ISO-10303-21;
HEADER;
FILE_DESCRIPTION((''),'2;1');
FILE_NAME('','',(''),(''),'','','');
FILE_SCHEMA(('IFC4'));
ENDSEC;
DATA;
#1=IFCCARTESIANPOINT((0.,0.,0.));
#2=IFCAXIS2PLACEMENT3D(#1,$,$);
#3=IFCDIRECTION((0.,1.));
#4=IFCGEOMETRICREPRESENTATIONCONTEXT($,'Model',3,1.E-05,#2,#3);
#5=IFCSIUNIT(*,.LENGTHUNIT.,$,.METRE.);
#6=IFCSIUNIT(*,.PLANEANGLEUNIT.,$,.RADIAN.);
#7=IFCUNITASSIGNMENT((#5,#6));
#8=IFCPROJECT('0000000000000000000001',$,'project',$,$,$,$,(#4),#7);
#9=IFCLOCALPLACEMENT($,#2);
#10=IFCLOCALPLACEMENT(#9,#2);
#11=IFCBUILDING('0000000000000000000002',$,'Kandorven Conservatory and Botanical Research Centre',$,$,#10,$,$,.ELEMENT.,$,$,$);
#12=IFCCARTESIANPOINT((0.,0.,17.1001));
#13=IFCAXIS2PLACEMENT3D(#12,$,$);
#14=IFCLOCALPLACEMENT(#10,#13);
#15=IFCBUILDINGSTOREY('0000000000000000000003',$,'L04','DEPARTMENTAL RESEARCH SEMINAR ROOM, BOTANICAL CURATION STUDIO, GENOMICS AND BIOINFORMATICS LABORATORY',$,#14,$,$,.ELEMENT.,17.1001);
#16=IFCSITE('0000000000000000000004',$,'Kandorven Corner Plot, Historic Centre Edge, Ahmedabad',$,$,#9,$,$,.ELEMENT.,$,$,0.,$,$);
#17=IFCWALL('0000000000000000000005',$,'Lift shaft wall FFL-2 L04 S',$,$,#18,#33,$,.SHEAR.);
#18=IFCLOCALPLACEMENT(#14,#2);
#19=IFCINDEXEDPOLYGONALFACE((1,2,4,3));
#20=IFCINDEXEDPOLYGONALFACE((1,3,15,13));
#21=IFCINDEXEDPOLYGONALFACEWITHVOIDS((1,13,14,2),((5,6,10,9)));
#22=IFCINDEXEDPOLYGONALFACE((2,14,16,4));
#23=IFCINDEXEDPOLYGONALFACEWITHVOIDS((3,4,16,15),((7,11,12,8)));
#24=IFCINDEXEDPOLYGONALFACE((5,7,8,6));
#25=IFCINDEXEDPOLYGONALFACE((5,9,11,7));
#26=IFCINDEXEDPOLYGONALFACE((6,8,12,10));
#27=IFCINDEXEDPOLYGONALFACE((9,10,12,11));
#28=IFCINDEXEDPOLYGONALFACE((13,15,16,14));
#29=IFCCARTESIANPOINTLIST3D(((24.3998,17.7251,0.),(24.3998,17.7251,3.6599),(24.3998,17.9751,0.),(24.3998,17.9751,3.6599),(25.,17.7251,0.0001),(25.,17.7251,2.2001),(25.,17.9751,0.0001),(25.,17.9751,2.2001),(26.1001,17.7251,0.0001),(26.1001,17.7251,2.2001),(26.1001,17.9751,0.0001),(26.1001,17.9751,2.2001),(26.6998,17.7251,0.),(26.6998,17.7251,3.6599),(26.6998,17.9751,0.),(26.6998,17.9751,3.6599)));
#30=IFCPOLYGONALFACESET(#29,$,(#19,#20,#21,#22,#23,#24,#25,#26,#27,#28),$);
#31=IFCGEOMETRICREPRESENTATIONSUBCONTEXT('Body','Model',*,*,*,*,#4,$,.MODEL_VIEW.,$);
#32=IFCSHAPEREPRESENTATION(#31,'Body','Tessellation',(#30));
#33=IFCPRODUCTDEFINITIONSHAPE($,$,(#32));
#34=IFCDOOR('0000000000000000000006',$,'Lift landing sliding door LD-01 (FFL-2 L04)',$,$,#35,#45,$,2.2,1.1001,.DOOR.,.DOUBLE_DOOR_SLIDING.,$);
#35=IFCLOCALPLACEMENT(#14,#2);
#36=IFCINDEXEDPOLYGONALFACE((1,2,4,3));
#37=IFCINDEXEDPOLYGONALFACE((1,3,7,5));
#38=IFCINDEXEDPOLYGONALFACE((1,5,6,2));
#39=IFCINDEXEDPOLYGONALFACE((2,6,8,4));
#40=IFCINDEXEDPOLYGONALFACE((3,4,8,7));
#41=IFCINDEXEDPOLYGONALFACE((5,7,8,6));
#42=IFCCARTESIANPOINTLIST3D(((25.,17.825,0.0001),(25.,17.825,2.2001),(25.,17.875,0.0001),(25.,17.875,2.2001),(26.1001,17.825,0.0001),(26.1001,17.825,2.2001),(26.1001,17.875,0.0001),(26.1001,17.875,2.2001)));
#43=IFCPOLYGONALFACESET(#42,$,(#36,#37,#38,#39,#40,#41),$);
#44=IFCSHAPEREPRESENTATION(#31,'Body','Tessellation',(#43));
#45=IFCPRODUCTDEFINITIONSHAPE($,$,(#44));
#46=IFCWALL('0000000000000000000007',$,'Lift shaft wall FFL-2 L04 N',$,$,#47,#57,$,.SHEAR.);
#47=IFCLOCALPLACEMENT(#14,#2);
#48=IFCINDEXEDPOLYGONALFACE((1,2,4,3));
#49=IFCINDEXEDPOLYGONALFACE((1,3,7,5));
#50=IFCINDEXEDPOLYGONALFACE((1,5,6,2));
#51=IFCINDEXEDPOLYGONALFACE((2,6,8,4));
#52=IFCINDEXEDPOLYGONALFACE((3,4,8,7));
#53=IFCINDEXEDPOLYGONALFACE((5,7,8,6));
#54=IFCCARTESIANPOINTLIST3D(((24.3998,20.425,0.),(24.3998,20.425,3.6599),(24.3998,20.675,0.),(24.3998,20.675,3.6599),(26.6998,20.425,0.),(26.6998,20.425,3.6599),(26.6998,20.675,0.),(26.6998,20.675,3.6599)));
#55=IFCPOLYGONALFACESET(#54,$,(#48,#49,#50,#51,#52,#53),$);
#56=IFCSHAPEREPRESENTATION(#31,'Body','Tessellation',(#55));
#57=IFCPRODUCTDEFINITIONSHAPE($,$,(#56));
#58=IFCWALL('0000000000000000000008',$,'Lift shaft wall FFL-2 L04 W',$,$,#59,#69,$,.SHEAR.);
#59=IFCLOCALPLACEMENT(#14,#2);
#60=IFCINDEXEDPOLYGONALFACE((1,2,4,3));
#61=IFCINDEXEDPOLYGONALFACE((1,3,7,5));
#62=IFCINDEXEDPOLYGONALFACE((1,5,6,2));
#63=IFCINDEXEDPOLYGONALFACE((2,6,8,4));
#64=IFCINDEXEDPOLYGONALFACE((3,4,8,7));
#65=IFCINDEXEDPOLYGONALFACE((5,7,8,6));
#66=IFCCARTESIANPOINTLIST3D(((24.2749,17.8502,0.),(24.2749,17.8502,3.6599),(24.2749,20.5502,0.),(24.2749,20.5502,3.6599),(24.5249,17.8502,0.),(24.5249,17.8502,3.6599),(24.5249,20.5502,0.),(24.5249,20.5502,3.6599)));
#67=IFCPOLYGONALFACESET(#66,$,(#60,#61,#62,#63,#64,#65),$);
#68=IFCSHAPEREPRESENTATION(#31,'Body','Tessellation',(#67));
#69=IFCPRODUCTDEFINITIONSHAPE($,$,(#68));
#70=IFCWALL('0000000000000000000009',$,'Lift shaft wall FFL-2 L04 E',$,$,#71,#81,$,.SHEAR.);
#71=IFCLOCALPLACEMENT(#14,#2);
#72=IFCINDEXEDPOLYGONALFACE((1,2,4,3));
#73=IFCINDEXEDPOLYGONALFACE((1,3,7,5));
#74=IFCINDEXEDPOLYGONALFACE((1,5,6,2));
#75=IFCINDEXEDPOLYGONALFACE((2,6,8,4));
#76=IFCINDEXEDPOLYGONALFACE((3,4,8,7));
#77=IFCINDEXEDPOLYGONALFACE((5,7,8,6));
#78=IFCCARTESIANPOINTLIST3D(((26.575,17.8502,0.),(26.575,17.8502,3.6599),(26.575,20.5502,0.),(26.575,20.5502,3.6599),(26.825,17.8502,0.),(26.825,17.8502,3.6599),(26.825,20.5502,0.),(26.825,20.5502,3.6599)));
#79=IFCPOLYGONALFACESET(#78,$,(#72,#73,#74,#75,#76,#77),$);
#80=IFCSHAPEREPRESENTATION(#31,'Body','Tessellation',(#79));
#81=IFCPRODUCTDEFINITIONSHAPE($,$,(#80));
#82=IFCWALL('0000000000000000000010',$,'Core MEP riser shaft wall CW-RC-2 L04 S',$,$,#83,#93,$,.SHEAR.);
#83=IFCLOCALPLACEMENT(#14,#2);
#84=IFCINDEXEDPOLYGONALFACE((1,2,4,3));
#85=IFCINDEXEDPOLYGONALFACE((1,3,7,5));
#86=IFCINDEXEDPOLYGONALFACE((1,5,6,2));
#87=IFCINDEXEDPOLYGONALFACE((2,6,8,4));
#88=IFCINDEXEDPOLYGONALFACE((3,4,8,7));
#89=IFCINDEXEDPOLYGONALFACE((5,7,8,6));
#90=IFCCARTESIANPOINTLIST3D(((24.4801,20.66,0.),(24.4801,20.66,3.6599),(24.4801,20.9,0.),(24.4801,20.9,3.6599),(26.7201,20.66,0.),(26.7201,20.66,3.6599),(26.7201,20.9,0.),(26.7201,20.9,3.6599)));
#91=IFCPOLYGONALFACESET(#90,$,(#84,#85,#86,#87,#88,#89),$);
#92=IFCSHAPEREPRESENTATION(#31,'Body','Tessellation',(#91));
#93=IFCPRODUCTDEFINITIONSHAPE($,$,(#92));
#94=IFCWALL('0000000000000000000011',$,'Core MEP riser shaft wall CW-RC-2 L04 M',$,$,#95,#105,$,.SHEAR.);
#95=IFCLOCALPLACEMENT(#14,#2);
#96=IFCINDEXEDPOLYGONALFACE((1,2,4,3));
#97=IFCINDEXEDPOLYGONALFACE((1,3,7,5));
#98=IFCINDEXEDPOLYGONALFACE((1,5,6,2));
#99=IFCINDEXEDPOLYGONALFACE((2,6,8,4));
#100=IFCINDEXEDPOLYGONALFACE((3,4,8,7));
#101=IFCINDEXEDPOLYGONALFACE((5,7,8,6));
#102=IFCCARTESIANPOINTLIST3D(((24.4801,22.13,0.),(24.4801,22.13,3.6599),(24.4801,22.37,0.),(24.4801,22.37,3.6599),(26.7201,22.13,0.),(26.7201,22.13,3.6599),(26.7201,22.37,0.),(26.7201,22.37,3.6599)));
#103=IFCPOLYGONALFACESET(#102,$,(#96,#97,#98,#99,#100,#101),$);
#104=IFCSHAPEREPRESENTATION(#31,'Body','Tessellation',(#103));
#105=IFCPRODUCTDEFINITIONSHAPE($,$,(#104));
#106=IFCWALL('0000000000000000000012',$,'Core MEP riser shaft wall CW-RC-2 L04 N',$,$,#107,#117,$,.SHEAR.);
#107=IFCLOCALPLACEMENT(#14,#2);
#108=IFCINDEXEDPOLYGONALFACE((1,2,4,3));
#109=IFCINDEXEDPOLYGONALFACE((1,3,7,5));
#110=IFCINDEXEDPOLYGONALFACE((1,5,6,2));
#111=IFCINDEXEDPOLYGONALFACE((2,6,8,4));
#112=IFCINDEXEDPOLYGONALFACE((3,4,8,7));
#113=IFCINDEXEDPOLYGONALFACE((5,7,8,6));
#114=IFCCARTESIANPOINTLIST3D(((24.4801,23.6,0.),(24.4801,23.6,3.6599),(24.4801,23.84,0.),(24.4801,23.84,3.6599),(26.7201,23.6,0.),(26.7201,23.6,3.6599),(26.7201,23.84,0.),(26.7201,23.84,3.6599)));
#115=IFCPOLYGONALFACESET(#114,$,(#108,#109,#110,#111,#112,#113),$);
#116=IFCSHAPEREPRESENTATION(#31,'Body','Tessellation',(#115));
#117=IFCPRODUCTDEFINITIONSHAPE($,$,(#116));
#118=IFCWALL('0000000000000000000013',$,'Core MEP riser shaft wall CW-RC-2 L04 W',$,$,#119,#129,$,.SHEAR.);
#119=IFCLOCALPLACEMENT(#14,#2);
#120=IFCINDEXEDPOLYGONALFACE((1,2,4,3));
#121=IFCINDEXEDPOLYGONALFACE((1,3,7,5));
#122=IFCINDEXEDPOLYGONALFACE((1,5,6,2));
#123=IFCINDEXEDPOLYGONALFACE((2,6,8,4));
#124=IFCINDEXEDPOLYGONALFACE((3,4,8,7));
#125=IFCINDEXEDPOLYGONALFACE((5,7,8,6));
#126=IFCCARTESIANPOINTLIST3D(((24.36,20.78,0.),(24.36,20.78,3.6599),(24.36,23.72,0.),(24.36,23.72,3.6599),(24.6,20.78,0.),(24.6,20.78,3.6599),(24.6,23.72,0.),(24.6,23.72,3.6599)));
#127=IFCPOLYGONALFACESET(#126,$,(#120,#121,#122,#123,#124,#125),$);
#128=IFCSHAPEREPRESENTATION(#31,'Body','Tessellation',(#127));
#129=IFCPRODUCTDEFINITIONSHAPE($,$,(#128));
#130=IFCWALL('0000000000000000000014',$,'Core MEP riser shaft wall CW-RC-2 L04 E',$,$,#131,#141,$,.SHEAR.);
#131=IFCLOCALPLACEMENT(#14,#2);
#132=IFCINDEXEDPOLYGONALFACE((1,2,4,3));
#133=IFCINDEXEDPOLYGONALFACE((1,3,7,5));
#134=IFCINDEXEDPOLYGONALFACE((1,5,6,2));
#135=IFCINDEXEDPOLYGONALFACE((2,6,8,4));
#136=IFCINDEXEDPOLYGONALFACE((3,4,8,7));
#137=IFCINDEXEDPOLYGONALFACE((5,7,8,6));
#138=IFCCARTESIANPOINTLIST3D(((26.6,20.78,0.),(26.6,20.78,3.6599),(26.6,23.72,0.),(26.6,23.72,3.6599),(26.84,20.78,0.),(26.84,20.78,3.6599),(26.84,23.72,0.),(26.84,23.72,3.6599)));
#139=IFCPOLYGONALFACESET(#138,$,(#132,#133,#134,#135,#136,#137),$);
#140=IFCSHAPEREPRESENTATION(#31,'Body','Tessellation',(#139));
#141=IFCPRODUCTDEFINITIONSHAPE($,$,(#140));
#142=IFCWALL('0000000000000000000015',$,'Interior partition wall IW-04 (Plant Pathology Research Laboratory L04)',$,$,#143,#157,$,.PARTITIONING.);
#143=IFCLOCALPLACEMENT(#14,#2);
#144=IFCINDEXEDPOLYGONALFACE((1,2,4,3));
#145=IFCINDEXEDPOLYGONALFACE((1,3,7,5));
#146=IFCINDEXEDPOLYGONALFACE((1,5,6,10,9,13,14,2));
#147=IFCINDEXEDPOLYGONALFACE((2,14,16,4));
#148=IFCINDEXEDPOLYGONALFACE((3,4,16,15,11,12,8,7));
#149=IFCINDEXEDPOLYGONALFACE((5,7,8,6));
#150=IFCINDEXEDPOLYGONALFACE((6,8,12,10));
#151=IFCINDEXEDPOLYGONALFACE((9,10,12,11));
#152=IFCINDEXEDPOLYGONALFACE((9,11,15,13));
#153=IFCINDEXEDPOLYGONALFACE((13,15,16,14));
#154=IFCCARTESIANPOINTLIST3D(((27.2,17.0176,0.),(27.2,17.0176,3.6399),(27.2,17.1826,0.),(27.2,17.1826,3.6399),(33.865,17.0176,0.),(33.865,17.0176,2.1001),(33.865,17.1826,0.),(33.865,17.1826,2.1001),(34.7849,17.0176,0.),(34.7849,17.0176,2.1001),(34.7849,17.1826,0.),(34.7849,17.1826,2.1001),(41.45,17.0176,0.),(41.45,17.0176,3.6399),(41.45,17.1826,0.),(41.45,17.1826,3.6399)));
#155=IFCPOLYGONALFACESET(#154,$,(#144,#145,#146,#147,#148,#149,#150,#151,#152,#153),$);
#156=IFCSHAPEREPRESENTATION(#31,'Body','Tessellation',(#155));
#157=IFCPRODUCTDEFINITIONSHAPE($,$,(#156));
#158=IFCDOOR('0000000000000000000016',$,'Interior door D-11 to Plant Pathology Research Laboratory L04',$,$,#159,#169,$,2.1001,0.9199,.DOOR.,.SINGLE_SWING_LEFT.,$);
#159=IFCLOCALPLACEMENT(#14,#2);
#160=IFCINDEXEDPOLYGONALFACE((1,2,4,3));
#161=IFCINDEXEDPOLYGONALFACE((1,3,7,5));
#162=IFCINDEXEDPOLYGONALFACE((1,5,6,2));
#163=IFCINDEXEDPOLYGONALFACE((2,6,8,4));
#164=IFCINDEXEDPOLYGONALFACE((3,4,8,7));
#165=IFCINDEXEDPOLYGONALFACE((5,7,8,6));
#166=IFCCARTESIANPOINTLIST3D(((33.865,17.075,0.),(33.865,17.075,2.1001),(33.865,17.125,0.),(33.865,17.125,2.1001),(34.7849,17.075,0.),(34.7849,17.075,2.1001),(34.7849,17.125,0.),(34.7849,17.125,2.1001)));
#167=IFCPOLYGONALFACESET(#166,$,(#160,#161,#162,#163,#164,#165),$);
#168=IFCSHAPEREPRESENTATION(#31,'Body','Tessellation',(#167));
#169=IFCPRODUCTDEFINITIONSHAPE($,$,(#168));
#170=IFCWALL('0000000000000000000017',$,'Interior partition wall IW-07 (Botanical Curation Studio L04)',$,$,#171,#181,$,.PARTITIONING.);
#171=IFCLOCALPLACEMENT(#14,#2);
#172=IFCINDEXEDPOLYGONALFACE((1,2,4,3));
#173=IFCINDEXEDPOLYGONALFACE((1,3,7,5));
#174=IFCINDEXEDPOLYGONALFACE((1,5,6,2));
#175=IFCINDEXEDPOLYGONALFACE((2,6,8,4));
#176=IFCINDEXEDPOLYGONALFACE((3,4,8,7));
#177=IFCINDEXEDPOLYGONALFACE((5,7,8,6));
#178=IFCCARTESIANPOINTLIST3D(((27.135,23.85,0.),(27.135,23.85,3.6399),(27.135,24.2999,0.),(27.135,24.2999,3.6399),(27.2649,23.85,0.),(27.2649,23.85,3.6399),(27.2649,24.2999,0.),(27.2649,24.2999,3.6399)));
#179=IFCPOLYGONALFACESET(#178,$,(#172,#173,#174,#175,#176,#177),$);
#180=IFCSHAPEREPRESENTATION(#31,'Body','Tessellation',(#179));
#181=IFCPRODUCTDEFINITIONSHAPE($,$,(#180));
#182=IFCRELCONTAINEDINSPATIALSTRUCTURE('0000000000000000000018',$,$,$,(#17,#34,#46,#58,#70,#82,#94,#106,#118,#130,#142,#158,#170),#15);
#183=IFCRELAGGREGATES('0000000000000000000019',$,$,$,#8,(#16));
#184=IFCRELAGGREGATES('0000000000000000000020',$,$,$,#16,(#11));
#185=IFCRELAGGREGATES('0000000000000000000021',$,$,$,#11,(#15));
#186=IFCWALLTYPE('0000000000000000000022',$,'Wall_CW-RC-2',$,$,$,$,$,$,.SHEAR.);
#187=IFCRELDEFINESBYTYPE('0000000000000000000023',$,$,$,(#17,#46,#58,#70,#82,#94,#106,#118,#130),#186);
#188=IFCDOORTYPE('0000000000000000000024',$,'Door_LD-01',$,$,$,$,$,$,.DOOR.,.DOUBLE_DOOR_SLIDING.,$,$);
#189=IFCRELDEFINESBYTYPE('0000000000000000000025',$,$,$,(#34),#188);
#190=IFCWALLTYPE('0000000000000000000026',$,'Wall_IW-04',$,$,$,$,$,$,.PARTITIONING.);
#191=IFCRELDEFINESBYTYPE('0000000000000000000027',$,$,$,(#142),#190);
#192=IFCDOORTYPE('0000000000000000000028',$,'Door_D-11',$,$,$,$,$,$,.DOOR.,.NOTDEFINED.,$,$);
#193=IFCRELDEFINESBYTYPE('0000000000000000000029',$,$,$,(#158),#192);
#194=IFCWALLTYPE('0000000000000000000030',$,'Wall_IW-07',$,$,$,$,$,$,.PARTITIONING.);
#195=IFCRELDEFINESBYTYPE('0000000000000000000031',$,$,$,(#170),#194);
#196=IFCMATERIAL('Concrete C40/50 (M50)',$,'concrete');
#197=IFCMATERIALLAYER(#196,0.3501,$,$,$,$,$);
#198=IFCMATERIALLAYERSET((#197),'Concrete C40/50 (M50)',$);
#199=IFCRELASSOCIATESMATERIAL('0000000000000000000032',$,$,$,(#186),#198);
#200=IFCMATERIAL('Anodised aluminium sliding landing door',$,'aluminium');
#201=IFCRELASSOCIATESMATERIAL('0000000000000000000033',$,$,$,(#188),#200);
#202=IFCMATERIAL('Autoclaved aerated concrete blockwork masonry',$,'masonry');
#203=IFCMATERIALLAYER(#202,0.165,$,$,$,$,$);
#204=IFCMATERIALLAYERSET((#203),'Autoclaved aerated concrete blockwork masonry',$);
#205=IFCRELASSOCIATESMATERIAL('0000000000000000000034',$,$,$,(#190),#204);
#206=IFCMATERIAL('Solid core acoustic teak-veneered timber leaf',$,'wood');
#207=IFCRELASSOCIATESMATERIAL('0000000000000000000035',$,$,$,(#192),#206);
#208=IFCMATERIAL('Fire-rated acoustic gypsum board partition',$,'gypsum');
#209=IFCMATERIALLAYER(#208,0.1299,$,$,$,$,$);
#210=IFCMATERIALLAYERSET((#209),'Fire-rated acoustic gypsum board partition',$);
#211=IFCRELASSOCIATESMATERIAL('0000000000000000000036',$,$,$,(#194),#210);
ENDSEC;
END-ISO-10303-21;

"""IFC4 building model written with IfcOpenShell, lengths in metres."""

from ifc_helpers import new_model, si_unit, direction, frame, frame_2d, origin, place, context, subcontext, project, spatial, rectangle, extrude, material, layer, layer_set, type_object, element, fill, save


model = new_model("IFC4")

# Units and contexts
model_context = context("Model", 3, precision=1e-05, world=origin(), true_north=direction((0.0, 1.0)))
body_context = subcontext(model_context, "Body", "Model", "MODEL_VIEW")
ifc_project = project(units=[si_unit("LENGTHUNIT", "METRE"), si_unit("PLANEANGLEUNIT", "RADIAN")], contexts=[model_context])

# Site, building, storey
site_placement = place(None, origin())
site = spatial("IfcSite", under=ifc_project, at=site_placement, Name="Kandorven Corner Plot, Historic Centre Edge, Ahmedabad", CompositionType="ELEMENT", RefElevation=0.0)
building_placement = place(site_placement, origin())
building = spatial("IfcBuilding", under=site, at=building_placement, Name="Kandorven Conservatory and Botanical Research Centre", CompositionType="ELEMENT")
storey_placement = place(building_placement, frame((0.0, 0.0, 17.1001)))
storey = spatial("IfcBuildingStorey", under=building, at=storey_placement, Name="L04", Description="DEPARTMENTAL RESEARCH SEMINAR ROOM, BOTANICAL CURATION STUDIO, GENOMICS AND BIOINFORMATICS LABORATORY", CompositionType="ELEMENT", Elevation=17.1001)

# Shared definitions
ifc_material_1 = material(Name="Concrete C40/50 (M50)", Category="concrete")
ifc_layer_1 = layer(ifc_material_1, 0.3501)
ifc_layer_set_1 = layer_set([ifc_layer_1], Name="Concrete C40/50 (M50)")
wall_type_1 = type_object("IfcWallType", Name="Wall_CW-RC-2", PredefinedType="SHEAR", material=ifc_layer_set_1)
ifc_material_2 = material(Name="Anodised aluminium sliding landing door", Category="aluminium")
door_type_1 = type_object("IfcDoorType", Name="Door_LD-01", OperationType="DOUBLE_DOOR_SLIDING", PredefinedType="DOOR", material=ifc_material_2)

# Wall, opening, door
wall_1_placement = place(storey_placement, frame((24.3999, 17.8501, 0.0), z_axis=(0.0, 0.0, 1.0), x_axis=(1.0, 0.0, 0.0)))
wall_1 = element("IfcWall", 1, at=wall_1_placement, inside=storey, type_object=wall_type_1, Name="Lift shaft wall FFL-2 L04 S", PredefinedType="SHEAR", context=body_context, shape_type="SweptSolid", body=[
    extrude(rectangle(XDim=2.3, YDim=0.25, at=frame_2d((1.1499, 0.0))), origin(), (0.0, 0.0, 1.0), 3.6599),
])
opening_1_placement = place(wall_1_placement, frame((0.6001, 0.0, 0.0)))
opening_1 = element("IfcOpeningElement", 2, at=opening_1_placement, cuts=wall_1, PredefinedType="OPENING", context=body_context, shape_type="SweptSolid", body=[
    extrude(rectangle(XDim=1.1001, YDim=2.2, at=frame_2d((0.55, 1.1001))), frame((0.0, 0.135, 0.0), z_axis=(0.0, -1.0, 0.0), x_axis=(1.0, 0.0, 0.0)), (0.0, 0.0, 1.0), 0.27),
])
door_1_placement = place(opening_1_placement, origin())
door_1 = element("IfcDoor", 3, at=door_1_placement, inside=storey, type_object=door_type_1, Name="Lift landing sliding door LD-01 (FFL-2 L04)", OperationType="DOUBLE_DOOR_SLIDING", OverallHeight=2.2, OverallWidth=1.1001, PredefinedType="DOOR", context=body_context, shape_type="SweptSolid", body=[
    extrude(rectangle(XDim=1.1001, YDim=2.2, at=frame_2d((0.55, 1.1001))), frame((0.0, 0.0249, 0.0), z_axis=(0.0, -1.0, 0.0), x_axis=(1.0, 0.0, 0.0)), (0.0, 0.0, 1.0), 0.05),
])
fill(opening_1, door_1)

# Walls
wall_2_placement = place(storey_placement, frame((24.3999, 20.55, 0.0), z_axis=(0.0, 0.0, 1.0), x_axis=(1.0, 0.0, 0.0)))
element("IfcWall", 4, at=wall_2_placement, inside=storey, type_object=wall_type_1, Name="Lift shaft wall FFL-2 L04 N", PredefinedType="SHEAR", context=body_context, shape_type="SweptSolid", body=[
    extrude(rectangle(XDim=2.3, YDim=0.25, at=frame_2d((1.1499, 0.0))), origin(), (0.0, 0.0, 1.0), 3.6599),
])
for number, where, z_axis, x_axis, name in (
    (5, (24.3999, 17.8501, 0.0), (0.0, 0.0, 1.0), (0.0, 1.0, 0.0), "Lift shaft wall FFL-2 L04 W"),
    (6, (26.7, 17.8501, 0.0), (0.0, 0.0, 1.0), (0.0, 1.0, 0.0), "Lift shaft wall FFL-2 L04 E"),
):
    element("IfcWall", number, at=place(storey_placement, frame(where, z_axis=z_axis, x_axis=x_axis)), inside=storey, type_object=wall_type_1, Name=name, PredefinedType="SHEAR", context=body_context, shape_type="SweptSolid", body=[
        extrude(rectangle(XDim=2.7, YDim=0.25, at=frame_2d((1.3501, 0.0))), origin(), (0.0, 0.0, 1.0), 3.6599),
    ])
for number, where, z_axis, x_axis, name in (
    (7, (24.48, 20.78, 0.0), (0.0, 0.0, 1.0), (1.0, 0.0, 0.0), "Core MEP riser shaft wall CW-RC-2 L04 S"),
    (8, (24.48, 22.25, 0.0), (0.0, 0.0, 1.0), (1.0, 0.0, 0.0), "Core MEP riser shaft wall CW-RC-2 L04 M"),
    (9, (24.48, 23.72, 0.0), (0.0, 0.0, 1.0), (1.0, 0.0, 0.0), "Core MEP riser shaft wall CW-RC-2 L04 N"),
):
    element("IfcWall", number, at=place(storey_placement, frame(where, z_axis=z_axis, x_axis=x_axis)), inside=storey, type_object=wall_type_1, Name=name, PredefinedType="SHEAR", context=body_context, shape_type="SweptSolid", body=[
        extrude(rectangle(XDim=2.24, YDim=0.24, at=frame_2d((1.1201, 0.0))), origin(), (0.0, 0.0, 1.0), 3.6599),
    ])
for number, where, z_axis, x_axis, name in (
    (10, (24.48, 20.78, 0.0), (0.0, 0.0, 1.0), (0.0, 1.0, 0.0), "Core MEP riser shaft wall CW-RC-2 L04 W"),
    (11, (26.72, 20.78, 0.0), (0.0, 0.0, 1.0), (0.0, 1.0, 0.0), "Core MEP riser shaft wall CW-RC-2 L04 E"),
):
    element("IfcWall", number, at=place(storey_placement, frame(where, z_axis=z_axis, x_axis=x_axis)), inside=storey, type_object=wall_type_1, Name=name, PredefinedType="SHEAR", context=body_context, shape_type="SweptSolid", body=[
        extrude(rectangle(XDim=2.9399, YDim=0.24, at=frame_2d((1.47, 0.0))), origin(), (0.0, 0.0, 1.0), 3.6599),
    ])

# Wall, opening, door
ifc_material_3 = material(Name="Autoclaved aerated concrete blockwork masonry", Category="masonry")
ifc_layer_2 = layer(ifc_material_3, 0.165)
ifc_layer_set_2 = layer_set([ifc_layer_2], Name="Autoclaved aerated concrete blockwork masonry")
wall_type_2 = type_object("IfcWallType", Name="Wall_IW-04", PredefinedType="PARTITIONING", material=ifc_layer_set_2)
wall_3_placement = place(storey_placement, frame((27.2, 17.1001, 0.0), z_axis=(0.0, 0.0, 1.0), x_axis=(1.0, 0.0, 0.0)))
wall_3 = element("IfcWall", 12, at=wall_3_placement, inside=storey, type_object=wall_type_2, Name="Interior partition wall IW-04 (Plant Pathology Research Laboratory L04)", PredefinedType="PARTITIONING", context=body_context, shape_type="SweptSolid", body=[
    extrude(rectangle(XDim=14.25, YDim=0.165, at=frame_2d((7.125, 0.0))), origin(), (0.0, 0.0, 1.0), 3.6399),
])
opening_2_placement = place(wall_3_placement, frame((6.665, 0.0, 0.0)))
opening_2 = element("IfcOpeningElement", 13, at=opening_2_placement, cuts=wall_3, PredefinedType="OPENING", context=body_context, shape_type="SweptSolid", body=[
    extrude(rectangle(XDim=0.9199, YDim=2.1001, at=frame_2d((0.46, 1.05))), frame((0.0, 0.0925, 0.0), z_axis=(0.0, -1.0, 0.0), x_axis=(1.0, 0.0, 0.0)), (0.0, 0.0, 1.0), 0.1851),
])
ifc_material_4 = material(Name="Solid core acoustic teak-veneered timber leaf", Category="wood")
door_type_2 = type_object("IfcDoorType", Name="Door_D-11", OperationType="NOTDEFINED", PredefinedType="DOOR", material=ifc_material_4)
door_2_placement = place(opening_2_placement, origin())
door_2 = element("IfcDoor", 14, at=door_2_placement, inside=storey, type_object=door_type_2, Name="Interior door D-11 to Plant Pathology Research Laboratory L04", OperationType="SINGLE_SWING_LEFT", OverallHeight=2.1001, OverallWidth=0.9199, PredefinedType="DOOR", context=body_context, shape_type="SweptSolid", body=[
    extrude(rectangle(XDim=0.9199, YDim=2.1001, at=frame_2d((0.46, 1.05))), frame((0.0, 0.0249, 0.0), z_axis=(0.0, -1.0, 0.0), x_axis=(1.0, 0.0, 0.0)), (0.0, 0.0, 1.0), 0.05),
])
fill(opening_2, door_2)

# Wall
ifc_material_5 = material(Name="Fire-rated acoustic gypsum board partition", Category="gypsum")
ifc_layer_3 = layer(ifc_material_5, 0.1299)
ifc_layer_set_3 = layer_set([ifc_layer_3], Name="Fire-rated acoustic gypsum board partition")
wall_type_3 = type_object("IfcWallType", Name="Wall_IW-07", PredefinedType="PARTITIONING", material=ifc_layer_set_3)
wall_4_placement = place(storey_placement, frame((27.2, 24.3, 0.0), z_axis=(0.0, 0.0, 1.0), x_axis=(0.0, -1.0, 0.0)))
element("IfcWall", 15, at=wall_4_placement, inside=storey, type_object=wall_type_3, Name="Interior partition wall IW-07 (Botanical Curation Studio L04)", PredefinedType="PARTITIONING", context=body_context, shape_type="SweptSolid", body=[
    extrude(rectangle(XDim=0.45, YDim=0.1299, at=frame_2d((0.2251, 0.0))), origin(), (0.0, 0.0, 1.0), 3.6399),
])

save(model, "model.ifc")
